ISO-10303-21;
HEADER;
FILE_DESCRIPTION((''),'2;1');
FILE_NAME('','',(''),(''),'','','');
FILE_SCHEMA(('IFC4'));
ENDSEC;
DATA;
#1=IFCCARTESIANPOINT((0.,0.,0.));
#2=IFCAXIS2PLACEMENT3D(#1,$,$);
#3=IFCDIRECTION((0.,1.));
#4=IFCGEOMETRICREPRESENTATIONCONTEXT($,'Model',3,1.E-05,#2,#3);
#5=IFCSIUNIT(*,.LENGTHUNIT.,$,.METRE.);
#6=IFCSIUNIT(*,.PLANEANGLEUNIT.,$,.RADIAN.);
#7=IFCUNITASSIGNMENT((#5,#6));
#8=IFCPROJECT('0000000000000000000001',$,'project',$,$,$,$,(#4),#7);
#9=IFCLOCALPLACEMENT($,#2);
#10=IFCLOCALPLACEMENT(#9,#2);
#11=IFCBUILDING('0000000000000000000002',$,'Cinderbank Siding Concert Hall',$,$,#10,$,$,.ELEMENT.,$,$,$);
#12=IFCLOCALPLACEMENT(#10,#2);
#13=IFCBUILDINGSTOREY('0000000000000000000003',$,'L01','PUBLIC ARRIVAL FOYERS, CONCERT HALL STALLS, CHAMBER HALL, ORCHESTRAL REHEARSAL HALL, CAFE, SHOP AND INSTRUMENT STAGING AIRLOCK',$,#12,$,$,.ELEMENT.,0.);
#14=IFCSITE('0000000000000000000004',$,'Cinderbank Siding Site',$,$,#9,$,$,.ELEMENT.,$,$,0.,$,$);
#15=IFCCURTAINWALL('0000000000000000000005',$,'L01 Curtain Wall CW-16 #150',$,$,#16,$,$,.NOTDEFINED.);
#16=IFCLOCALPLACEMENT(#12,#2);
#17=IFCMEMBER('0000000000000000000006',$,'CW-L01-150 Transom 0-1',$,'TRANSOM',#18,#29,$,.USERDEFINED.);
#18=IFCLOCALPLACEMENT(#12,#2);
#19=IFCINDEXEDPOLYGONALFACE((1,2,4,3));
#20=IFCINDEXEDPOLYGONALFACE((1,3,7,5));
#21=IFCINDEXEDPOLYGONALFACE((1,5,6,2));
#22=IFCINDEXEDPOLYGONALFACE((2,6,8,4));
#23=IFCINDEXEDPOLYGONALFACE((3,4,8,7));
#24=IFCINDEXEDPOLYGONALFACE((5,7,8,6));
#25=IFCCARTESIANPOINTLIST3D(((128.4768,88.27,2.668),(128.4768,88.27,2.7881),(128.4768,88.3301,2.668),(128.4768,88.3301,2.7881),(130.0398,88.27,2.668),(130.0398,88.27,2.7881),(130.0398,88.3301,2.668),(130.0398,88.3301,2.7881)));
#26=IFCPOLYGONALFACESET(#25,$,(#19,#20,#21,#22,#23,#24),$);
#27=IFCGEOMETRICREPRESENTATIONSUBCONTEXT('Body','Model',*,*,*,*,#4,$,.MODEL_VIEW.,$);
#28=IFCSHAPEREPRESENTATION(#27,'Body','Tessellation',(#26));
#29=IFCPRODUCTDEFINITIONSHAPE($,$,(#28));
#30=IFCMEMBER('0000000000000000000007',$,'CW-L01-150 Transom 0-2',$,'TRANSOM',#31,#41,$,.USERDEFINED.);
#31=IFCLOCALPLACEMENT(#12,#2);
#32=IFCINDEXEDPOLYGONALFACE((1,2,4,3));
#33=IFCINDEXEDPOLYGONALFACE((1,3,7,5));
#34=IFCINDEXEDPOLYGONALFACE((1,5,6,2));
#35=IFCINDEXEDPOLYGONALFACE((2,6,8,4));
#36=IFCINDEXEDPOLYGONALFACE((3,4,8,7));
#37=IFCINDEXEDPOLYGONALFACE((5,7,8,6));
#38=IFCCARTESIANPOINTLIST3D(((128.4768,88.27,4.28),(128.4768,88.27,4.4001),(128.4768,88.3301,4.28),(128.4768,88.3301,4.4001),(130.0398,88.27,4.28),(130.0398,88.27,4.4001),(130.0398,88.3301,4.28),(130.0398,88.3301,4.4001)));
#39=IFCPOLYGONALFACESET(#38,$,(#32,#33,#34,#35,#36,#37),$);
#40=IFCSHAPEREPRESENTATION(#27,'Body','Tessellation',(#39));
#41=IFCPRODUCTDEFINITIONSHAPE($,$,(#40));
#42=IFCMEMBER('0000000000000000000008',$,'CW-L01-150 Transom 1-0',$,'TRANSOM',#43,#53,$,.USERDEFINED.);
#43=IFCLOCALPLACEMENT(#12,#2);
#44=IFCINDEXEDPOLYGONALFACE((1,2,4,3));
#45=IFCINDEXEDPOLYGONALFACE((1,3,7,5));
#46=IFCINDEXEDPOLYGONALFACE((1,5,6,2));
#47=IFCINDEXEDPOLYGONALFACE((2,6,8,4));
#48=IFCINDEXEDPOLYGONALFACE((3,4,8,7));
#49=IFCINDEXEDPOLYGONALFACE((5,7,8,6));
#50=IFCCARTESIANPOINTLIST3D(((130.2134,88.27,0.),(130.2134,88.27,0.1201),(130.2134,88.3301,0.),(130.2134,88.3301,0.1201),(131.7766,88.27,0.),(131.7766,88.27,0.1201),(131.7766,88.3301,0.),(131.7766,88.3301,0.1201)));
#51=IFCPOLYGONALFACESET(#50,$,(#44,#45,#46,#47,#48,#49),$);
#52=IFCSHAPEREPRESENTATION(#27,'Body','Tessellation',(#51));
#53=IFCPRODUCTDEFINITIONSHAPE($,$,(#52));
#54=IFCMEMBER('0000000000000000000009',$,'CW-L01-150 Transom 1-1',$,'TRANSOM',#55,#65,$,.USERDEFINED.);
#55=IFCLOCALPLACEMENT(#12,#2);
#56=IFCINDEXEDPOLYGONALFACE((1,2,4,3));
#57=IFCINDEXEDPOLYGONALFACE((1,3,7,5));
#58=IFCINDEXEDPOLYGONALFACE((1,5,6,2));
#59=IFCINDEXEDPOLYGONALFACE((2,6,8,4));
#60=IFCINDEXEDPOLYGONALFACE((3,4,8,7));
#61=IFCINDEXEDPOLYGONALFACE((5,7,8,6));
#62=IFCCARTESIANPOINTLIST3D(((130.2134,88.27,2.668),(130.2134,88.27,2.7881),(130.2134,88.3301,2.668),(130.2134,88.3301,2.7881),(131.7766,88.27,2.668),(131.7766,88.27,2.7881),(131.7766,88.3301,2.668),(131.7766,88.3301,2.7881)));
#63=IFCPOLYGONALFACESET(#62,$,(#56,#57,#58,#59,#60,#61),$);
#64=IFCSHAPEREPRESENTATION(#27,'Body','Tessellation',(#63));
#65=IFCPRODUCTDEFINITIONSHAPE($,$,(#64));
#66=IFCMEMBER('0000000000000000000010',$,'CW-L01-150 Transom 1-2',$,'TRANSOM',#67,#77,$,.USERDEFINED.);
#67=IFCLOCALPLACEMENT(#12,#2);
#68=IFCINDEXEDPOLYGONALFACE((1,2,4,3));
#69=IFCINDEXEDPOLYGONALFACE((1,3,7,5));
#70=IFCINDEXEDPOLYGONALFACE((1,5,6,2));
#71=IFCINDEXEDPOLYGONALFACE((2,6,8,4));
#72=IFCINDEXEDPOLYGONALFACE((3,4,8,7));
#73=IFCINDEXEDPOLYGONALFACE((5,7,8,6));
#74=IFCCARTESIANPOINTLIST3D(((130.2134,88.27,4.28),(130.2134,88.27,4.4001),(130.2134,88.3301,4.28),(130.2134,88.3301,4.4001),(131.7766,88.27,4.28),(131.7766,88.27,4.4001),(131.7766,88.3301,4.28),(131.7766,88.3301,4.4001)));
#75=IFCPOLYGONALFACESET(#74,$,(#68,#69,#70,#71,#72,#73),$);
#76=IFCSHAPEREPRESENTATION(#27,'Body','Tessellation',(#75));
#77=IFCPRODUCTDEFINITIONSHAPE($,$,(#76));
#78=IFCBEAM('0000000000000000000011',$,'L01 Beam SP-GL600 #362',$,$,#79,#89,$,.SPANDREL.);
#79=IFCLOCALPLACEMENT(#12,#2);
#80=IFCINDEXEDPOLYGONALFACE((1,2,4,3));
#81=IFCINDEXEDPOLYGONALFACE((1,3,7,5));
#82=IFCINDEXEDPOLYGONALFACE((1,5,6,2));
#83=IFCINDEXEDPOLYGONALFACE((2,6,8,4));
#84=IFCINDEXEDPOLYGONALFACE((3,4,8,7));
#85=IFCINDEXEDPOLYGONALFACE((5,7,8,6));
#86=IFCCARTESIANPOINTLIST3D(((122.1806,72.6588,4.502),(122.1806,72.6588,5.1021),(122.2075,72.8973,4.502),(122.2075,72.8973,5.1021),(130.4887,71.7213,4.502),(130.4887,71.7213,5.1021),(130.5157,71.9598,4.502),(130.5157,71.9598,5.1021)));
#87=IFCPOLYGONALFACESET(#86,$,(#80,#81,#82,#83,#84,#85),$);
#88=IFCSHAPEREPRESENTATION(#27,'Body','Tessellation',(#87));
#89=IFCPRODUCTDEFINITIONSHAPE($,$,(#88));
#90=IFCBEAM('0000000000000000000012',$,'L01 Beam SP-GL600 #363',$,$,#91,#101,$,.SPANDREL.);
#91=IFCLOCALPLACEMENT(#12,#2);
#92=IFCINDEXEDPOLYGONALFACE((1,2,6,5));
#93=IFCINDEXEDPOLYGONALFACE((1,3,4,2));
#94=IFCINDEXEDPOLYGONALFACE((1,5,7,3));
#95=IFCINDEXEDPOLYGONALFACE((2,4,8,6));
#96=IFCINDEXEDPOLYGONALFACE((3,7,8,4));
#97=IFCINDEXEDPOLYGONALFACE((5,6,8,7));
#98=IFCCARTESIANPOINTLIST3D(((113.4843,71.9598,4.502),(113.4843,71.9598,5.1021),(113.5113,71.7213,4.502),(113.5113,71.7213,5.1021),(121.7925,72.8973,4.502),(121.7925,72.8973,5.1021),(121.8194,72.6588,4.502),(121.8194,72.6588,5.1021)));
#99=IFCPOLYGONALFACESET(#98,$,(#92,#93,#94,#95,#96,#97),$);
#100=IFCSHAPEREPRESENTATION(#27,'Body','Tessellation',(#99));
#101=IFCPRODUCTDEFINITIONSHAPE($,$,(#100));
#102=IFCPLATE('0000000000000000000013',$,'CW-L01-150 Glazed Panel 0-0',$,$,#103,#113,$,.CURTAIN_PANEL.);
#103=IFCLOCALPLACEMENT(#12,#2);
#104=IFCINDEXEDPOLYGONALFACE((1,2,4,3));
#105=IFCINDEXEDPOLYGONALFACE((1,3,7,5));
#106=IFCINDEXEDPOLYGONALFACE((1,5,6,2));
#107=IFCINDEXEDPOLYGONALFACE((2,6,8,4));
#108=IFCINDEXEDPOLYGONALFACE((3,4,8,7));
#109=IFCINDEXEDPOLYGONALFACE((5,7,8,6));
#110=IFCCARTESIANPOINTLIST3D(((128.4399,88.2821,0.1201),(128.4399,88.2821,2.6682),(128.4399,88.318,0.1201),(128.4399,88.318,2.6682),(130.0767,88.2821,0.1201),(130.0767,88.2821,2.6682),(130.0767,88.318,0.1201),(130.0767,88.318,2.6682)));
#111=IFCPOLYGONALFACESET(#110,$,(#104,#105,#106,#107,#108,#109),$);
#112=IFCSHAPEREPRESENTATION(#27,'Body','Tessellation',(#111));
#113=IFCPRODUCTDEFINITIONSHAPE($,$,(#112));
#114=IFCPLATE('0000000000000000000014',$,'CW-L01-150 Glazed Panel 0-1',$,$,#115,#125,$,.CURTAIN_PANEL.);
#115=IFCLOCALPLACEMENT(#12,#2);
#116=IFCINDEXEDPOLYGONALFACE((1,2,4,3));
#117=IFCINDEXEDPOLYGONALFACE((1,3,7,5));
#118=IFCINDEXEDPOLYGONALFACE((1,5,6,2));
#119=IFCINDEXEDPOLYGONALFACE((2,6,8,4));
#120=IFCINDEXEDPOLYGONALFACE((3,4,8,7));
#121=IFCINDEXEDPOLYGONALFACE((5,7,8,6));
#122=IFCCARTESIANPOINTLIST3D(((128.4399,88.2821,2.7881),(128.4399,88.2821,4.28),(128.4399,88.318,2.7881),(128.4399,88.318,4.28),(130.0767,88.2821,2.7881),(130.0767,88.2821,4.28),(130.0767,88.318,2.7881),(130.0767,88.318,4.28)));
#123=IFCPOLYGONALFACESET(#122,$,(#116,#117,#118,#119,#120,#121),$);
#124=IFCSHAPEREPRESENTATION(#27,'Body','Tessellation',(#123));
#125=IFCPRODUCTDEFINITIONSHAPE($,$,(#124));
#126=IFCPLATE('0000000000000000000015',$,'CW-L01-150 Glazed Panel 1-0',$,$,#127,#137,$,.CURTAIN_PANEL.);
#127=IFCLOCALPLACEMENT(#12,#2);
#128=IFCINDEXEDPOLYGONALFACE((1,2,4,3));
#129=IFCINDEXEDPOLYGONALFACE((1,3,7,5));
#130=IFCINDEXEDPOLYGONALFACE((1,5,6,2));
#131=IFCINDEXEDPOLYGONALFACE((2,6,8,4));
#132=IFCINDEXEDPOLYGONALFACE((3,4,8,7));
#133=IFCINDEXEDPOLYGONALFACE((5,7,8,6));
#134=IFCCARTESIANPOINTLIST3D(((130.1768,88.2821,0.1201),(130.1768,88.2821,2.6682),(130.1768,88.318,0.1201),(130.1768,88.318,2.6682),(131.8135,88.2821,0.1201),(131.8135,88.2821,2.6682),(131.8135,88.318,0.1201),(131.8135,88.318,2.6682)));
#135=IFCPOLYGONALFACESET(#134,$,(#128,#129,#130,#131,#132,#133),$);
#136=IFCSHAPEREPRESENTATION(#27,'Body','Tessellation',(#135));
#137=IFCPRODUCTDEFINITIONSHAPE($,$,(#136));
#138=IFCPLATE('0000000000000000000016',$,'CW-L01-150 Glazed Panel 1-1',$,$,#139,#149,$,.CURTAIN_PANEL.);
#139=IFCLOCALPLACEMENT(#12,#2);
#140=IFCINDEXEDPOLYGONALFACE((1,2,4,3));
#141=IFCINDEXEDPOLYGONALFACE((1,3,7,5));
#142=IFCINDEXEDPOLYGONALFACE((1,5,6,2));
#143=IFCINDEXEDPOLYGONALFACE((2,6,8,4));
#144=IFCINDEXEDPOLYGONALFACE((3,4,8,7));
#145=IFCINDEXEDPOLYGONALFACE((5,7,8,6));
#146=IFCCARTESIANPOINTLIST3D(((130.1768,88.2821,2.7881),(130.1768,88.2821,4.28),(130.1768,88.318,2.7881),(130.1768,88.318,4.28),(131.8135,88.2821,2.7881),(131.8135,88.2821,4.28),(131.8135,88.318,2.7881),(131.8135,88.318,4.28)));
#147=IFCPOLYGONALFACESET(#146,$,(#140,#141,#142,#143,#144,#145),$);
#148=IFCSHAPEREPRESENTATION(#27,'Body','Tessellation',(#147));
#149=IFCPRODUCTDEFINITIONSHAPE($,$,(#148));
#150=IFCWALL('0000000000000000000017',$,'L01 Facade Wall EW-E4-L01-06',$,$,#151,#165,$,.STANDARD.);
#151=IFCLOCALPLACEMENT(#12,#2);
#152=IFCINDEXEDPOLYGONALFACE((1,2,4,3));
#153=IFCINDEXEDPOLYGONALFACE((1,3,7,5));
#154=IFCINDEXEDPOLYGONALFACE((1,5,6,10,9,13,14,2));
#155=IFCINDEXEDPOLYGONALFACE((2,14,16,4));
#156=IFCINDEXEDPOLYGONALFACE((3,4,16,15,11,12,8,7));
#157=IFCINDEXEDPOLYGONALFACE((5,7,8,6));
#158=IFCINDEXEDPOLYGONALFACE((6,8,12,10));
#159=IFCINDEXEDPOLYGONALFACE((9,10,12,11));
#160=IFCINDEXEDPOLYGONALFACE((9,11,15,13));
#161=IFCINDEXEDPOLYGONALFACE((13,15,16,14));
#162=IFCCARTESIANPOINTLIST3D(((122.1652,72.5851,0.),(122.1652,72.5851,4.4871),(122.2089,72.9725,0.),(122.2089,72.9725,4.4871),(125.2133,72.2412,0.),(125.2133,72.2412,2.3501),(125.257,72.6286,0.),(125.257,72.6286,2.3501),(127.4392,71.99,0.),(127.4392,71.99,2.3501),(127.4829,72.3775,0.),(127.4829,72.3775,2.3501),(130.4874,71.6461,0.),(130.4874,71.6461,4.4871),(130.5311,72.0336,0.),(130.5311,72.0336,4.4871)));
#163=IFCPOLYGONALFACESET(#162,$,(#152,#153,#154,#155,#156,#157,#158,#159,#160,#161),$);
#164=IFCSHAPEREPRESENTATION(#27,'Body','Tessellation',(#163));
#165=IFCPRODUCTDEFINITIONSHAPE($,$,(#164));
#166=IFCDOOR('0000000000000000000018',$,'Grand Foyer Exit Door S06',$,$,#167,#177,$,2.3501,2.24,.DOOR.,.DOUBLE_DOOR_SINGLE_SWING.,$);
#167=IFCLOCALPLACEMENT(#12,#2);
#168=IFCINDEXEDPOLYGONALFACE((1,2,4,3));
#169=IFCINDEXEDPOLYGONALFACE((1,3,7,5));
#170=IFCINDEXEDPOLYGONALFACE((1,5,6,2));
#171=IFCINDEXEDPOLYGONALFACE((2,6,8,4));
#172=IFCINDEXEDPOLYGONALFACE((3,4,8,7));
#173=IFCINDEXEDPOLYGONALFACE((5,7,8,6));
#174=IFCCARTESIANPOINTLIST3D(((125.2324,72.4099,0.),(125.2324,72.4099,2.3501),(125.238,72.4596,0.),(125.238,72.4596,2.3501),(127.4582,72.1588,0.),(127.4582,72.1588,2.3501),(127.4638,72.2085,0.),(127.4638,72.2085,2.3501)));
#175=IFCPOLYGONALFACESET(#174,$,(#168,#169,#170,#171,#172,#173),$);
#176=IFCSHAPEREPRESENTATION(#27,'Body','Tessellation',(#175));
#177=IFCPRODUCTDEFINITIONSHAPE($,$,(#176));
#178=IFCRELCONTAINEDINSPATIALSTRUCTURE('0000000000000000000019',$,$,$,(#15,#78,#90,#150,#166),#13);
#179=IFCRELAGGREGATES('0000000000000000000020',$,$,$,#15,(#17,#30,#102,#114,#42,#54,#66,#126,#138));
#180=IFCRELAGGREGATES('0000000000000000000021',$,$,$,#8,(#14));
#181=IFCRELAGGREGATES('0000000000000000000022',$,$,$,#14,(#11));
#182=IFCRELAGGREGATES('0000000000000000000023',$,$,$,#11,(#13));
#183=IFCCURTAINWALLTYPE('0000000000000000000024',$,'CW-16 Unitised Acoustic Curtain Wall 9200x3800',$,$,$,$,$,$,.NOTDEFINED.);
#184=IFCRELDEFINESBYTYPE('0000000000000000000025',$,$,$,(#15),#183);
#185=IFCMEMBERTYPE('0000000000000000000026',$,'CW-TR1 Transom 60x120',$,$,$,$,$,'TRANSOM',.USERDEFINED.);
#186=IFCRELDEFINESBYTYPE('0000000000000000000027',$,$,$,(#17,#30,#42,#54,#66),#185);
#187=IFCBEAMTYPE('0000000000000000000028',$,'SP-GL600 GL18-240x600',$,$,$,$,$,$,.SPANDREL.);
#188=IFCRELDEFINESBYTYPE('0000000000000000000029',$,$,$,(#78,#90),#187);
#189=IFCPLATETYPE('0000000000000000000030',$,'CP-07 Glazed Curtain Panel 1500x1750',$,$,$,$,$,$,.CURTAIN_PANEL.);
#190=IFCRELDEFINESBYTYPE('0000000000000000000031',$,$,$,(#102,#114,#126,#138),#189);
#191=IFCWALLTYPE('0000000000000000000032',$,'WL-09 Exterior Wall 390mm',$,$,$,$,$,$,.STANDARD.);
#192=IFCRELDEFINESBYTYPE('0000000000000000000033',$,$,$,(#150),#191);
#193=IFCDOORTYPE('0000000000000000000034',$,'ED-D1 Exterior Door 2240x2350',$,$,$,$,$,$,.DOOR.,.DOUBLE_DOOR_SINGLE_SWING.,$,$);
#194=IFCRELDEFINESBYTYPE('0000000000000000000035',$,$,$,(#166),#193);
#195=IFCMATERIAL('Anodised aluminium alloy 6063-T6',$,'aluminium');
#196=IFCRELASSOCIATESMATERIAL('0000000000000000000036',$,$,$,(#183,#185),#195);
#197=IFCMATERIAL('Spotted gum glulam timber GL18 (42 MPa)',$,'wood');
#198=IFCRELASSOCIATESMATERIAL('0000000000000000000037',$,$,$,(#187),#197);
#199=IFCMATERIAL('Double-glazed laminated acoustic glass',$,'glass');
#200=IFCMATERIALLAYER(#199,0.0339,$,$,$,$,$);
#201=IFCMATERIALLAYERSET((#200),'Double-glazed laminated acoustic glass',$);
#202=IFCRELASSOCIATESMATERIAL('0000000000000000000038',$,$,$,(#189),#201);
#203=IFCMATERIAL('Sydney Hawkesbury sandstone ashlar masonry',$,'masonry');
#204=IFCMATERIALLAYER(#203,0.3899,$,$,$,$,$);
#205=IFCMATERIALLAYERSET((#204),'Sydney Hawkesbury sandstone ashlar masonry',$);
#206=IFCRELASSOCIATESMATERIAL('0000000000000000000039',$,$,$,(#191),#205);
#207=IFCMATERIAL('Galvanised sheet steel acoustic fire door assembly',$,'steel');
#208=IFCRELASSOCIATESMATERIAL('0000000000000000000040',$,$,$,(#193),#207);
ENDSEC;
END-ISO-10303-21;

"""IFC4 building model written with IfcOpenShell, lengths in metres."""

from ifc_helpers import new_model, si_unit, direction, frame, frame_2d, origin, origin_2d, place, context, subcontext, project, spatial, rectangle, extrude, material, layer, layer_set, material_profile, profile_set, type_object, element, fill, aggregate, save


model = new_model("IFC4")

# Units and contexts
model_context = context("Model", 3, precision=1e-05, world=origin(), true_north=direction((0.0, 1.0)))
body_context = subcontext(model_context, "Body", "Model", "MODEL_VIEW")
ifc_project = project(units=[si_unit("LENGTHUNIT", "METRE"), si_unit("PLANEANGLEUNIT", "RADIAN")], contexts=[model_context])

# Site, building, storey
site_placement = place(None, origin())
site = spatial("IfcSite", under=ifc_project, at=site_placement, Name="Cinderbank Siding Site", CompositionType="ELEMENT", RefElevation=0.0)
building_placement = place(site_placement, origin())
building = spatial("IfcBuilding", under=site, at=building_placement, Name="Cinderbank Siding Concert Hall", CompositionType="ELEMENT")
storey_placement = place(building_placement, origin())
storey = spatial("IfcBuildingStorey", under=building, at=storey_placement, Name="L01", Description="PUBLIC ARRIVAL FOYERS, CONCERT HALL STALLS, CHAMBER HALL, ORCHESTRAL REHEARSAL HALL, CAFE, SHOP AND INSTRUMENT STAGING AIRLOCK", CompositionType="ELEMENT", Elevation=0.0)

# Curtain wall, members
ifc_material_1 = material(Name="Anodised aluminium alloy 6063-T6", Category="aluminium")
curtain_wall_type = type_object("IfcCurtainWallType", Name="CW-16 Unitised Acoustic Curtain Wall 9200x3800", PredefinedType="NOTDEFINED", material=ifc_material_1)
curtain_wall_placement = place(storey_placement, origin())
curtain_wall = element("IfcCurtainWall", 1, at=curtain_wall_placement, inside=storey, type_object=curtain_wall_type, Name="L01 Curtain Wall CW-16 #150", PredefinedType="NOTDEFINED")
ifc_material_profile_1 = material_profile(ifc_material_1, rectangle(XDim=0.0601, YDim=0.1201, at=origin_2d()), Name="ALU-TRAN-60x120", Category="LoadBearing")
ifc_profile_set_1 = profile_set([ifc_material_profile_1], Name="Anodised aluminium alloy 6063-T6")
member_type_1 = type_object("IfcMemberType", Name="CW-TR1 Transom 60x120", ElementType="TRANSOM", PredefinedType="USERDEFINED", material=ifc_profile_set_1)
member_1_placement = place(storey_placement, frame((128.4768, 88.3, 2.728), z_axis=(1.0, 0.0, 0.0), x_axis=(0.0, 1.0, 0.0)))
member_1 = element("IfcMember", 2, at=member_1_placement, type_object=member_type_1, Name="CW-L01-150 Transom 0-1", ObjectType="TRANSOM", PredefinedType="USERDEFINED", context=body_context, shape_type="SweptSolid", body=[
    extrude(rectangle(XDim=0.0601, YDim=0.1201, at=origin_2d()), origin(), (0.0, 0.0, 1.0), 1.563),
])
member_2_placement = place(storey_placement, frame((128.4768, 88.3, 4.3401), z_axis=(1.0, 0.0, 0.0), x_axis=(0.0, 1.0, 0.0)))
member_2 = element("IfcMember", 3, at=member_2_placement, type_object=member_type_1, Name="CW-L01-150 Transom 0-2", ObjectType="TRANSOM", PredefinedType="USERDEFINED", context=body_context, shape_type="SweptSolid", body=[
    extrude(rectangle(XDim=0.0601, YDim=0.1201, at=origin_2d()), origin(), (0.0, 0.0, 1.0), 1.563),
])
member_3_placement = place(storey_placement, frame((130.2134, 88.3, 0.0601), z_axis=(1.0, 0.0, 0.0), x_axis=(0.0, 1.0, 0.0)))
member_3 = element("IfcMember", 4, at=member_3_placement, type_object=member_type_1, Name="CW-L01-150 Transom 1-0", ObjectType="TRANSOM", PredefinedType="USERDEFINED", context=body_context, shape_type="SweptSolid", body=[
    extrude(rectangle(XDim=0.0601, YDim=0.1201, at=origin_2d()), origin(), (0.0, 0.0, 1.0), 1.5632),
])
member_4_placement = place(storey_placement, frame((130.2134, 88.3, 2.728), z_axis=(1.0, 0.0, 0.0), x_axis=(0.0, 1.0, 0.0)))
member_4 = element("IfcMember", 5, at=member_4_placement, type_object=member_type_1, Name="CW-L01-150 Transom 1-1", ObjectType="TRANSOM", PredefinedType="USERDEFINED", context=body_context, shape_type="SweptSolid", body=[
    extrude(rectangle(XDim=0.0601, YDim=0.1201, at=origin_2d()), origin(), (0.0, 0.0, 1.0), 1.5632),
])
member_5_placement = place(storey_placement, frame((130.2134, 88.3, 4.3401), z_axis=(1.0, 0.0, 0.0), x_axis=(0.0, 1.0, 0.0)))
member_5 = element("IfcMember", 6, at=member_5_placement, type_object=member_type_1, Name="CW-L01-150 Transom 1-2", ObjectType="TRANSOM", PredefinedType="USERDEFINED", context=body_context, shape_type="SweptSolid", body=[
    extrude(rectangle(XDim=0.0601, YDim=0.1201, at=origin_2d()), origin(), (0.0, 0.0, 1.0), 1.5632),
])

# Beams
ifc_material_2 = material(Name="Spotted gum glulam timber GL18 (42 MPa)", Category="wood")
ifc_material_profile_2 = material_profile(ifc_material_2, rectangle(XDim=0.24, YDim=0.6001, at=origin_2d()), Name="GL18-240x600", Category="LoadBearing")
ifc_profile_set_2 = profile_set([ifc_material_profile_2], Name="Spotted gum glulam timber GL18 (42 MPa)")
beam_type_1 = type_object("IfcBeamType", Name="SP-GL600 GL18-240x600", PredefinedType="SPANDREL", material=ifc_profile_set_2)
for number, where, z_axis, x_axis, name in (
    (7, (130.5022, 71.8406, 4.802), (-0.993694, 0.11213, 0.0), (-0.11213, -0.993694, 0.0), "L01 Beam SP-GL600 #362"),
    (8, (121.8059, 72.7781, 4.802), (-0.993694, -0.11213, 0.0), (0.11213, -0.993694, 0.0), "L01 Beam SP-GL600 #363"),
):
    element("IfcBeam", number, at=place(storey_placement, frame(where, z_axis=z_axis, x_axis=x_axis)), inside=storey, type_object=beam_type_1, Name=name, PredefinedType="SPANDREL", context=body_context, shape_type="SweptSolid", body=[
        extrude(rectangle(XDim=0.24, YDim=0.6001, at=origin_2d()), origin(), (0.0, 0.0, 1.0), 8.3608),
    ])

# Plates
ifc_material_3 = material(Name="Double-glazed laminated acoustic glass", Category="glass")
ifc_layer_1 = layer(ifc_material_3, 0.0339)
ifc_layer_set_1 = layer_set([ifc_layer_1], Name="Double-glazed laminated acoustic glass")
plate_type = type_object("IfcPlateType", Name="CP-07 Glazed Curtain Panel 1500x1750", PredefinedType="CURTAIN_PANEL", material=ifc_layer_set_1)
plate_1_placement = place(storey_placement, frame((129.2583, 88.3, 0.1201), z_axis=(0.0, 0.0, 1.0), x_axis=(1.0, 0.0, 0.0)))
plate_1 = element("IfcPlate", 9, at=plate_1_placement, type_object=plate_type, Name="CW-L01-150 Glazed Panel 0-0", PredefinedType="CURTAIN_PANEL", context=body_context, shape_type="SweptSolid", body=[
    extrude(rectangle(XDim=1.6367, YDim=0.0359, at=origin_2d()), origin(), (0.0, 0.0, 1.0), 2.5481),
])
plate_2_placement = place(storey_placement, frame((129.2583, 88.3, 2.7881), z_axis=(0.0, 0.0, 1.0), x_axis=(1.0, 0.0, 0.0)))
plate_2 = element("IfcPlate", 10, at=plate_2_placement, type_object=plate_type, Name="CW-L01-150 Glazed Panel 0-1", PredefinedType="CURTAIN_PANEL", context=body_context, shape_type="SweptSolid", body=[
    extrude(rectangle(XDim=1.6367, YDim=0.0359, at=origin_2d()), origin(), (0.0, 0.0, 1.0), 1.4919),
])
plate_3_placement = place(storey_placement, frame((130.9951, 88.3, 0.1201), z_axis=(0.0, 0.0, 1.0), x_axis=(1.0, 0.0, 0.0)))
plate_3 = element("IfcPlate", 11, at=plate_3_placement, type_object=plate_type, Name="CW-L01-150 Glazed Panel 1-0", PredefinedType="CURTAIN_PANEL", context=body_context, shape_type="SweptSolid", body=[
    extrude(rectangle(XDim=1.6367, YDim=0.0359, at=origin_2d()), origin(), (0.0, 0.0, 1.0), 2.5481),
])
plate_4_placement = place(storey_placement, frame((130.9951, 88.3, 2.7881), z_axis=(0.0, 0.0, 1.0), x_axis=(1.0, 0.0, 0.0)))
plate_4 = element("IfcPlate", 12, at=plate_4_placement, type_object=plate_type, Name="CW-L01-150 Glazed Panel 1-1", PredefinedType="CURTAIN_PANEL", context=body_context, shape_type="SweptSolid", body=[
    extrude(rectangle(XDim=1.6367, YDim=0.0359, at=origin_2d()), origin(), (0.0, 0.0, 1.0), 1.4919),
])
aggregate(curtain_wall, [member_1, member_2, plate_1, plate_2, member_3, member_4, member_5, plate_3, plate_4])

# Wall, opening, door
ifc_material_4 = material(Name="Sydney Hawkesbury sandstone ashlar masonry", Category="masonry")
ifc_layer_2 = layer(ifc_material_4, 0.3899)
ifc_layer_set_2 = layer_set([ifc_layer_2], Name="Sydney Hawkesbury sandstone ashlar masonry")
wall_type = type_object("IfcWallType", Name="WL-09 Exterior Wall 390mm", PredefinedType="STANDARD", material=ifc_layer_set_2)
wall_1_placement = place(storey_placement, frame((122.187, 72.7788, 0.0), z_axis=(0.0, 0.0, 1.0), x_axis=(0.993695, -0.112114, 0.0)))
wall_1 = element("IfcWall", 13, at=wall_1_placement, inside=storey, type_object=wall_type, Name="L01 Facade Wall EW-E4-L01-06", PredefinedType="STANDARD", context=body_context, shape_type="SweptSolid", body=[
    extrude(rectangle(XDim=8.375, YDim=0.3899, at=frame_2d((4.1875, 0.0))), origin(), (0.0, 0.0, 1.0), 4.4871),
])
opening_1_placement = place(wall_1_placement, frame((3.0674, 0.0, 0.0)))
opening_1 = element("IfcOpeningElement", 14, at=opening_1_placement, cuts=wall_1, PredefinedType="OPENING", context=body_context, shape_type="SweptSolid", body=[
    extrude(rectangle(XDim=2.24, YDim=2.3501, at=frame_2d((1.1201, 1.175))), frame((0.0, 0.207, 0.0), z_axis=(0.0, -1.0, 0.0), x_axis=(1.0, 0.0, 0.0)), (0.0, 0.0, 1.0), 0.4138),
])
ifc_material_5 = material(Name="Galvanised sheet steel acoustic fire door assembly", Category="steel")
door_type = type_object("IfcDoorType", Name="ED-D1 Exterior Door 2240x2350", OperationType="DOUBLE_DOOR_SINGLE_SWING", PredefinedType="DOOR", material=ifc_material_5)
door_1_placement = place(opening_1_placement, origin())
door_1 = element("IfcDoor", 15, at=door_1_placement, inside=storey, type_object=door_type, Name="Grand Foyer Exit Door S06", OperationType="DOUBLE_DOOR_SINGLE_SWING", OverallHeight=2.3501, OverallWidth=2.24, PredefinedType="DOOR", context=body_context, shape_type="SweptSolid", body=[
    extrude(rectangle(XDim=2.24, YDim=2.3501, at=frame_2d((1.1201, 1.175))), frame((0.0, 0.0249, 0.0), z_axis=(0.0, -1.0, 0.0), x_axis=(1.0, 0.0, 0.0)), (0.0, 0.0, 1.0), 0.05),
])
fill(opening_1, door_1)

save(model, "model.ifc")
